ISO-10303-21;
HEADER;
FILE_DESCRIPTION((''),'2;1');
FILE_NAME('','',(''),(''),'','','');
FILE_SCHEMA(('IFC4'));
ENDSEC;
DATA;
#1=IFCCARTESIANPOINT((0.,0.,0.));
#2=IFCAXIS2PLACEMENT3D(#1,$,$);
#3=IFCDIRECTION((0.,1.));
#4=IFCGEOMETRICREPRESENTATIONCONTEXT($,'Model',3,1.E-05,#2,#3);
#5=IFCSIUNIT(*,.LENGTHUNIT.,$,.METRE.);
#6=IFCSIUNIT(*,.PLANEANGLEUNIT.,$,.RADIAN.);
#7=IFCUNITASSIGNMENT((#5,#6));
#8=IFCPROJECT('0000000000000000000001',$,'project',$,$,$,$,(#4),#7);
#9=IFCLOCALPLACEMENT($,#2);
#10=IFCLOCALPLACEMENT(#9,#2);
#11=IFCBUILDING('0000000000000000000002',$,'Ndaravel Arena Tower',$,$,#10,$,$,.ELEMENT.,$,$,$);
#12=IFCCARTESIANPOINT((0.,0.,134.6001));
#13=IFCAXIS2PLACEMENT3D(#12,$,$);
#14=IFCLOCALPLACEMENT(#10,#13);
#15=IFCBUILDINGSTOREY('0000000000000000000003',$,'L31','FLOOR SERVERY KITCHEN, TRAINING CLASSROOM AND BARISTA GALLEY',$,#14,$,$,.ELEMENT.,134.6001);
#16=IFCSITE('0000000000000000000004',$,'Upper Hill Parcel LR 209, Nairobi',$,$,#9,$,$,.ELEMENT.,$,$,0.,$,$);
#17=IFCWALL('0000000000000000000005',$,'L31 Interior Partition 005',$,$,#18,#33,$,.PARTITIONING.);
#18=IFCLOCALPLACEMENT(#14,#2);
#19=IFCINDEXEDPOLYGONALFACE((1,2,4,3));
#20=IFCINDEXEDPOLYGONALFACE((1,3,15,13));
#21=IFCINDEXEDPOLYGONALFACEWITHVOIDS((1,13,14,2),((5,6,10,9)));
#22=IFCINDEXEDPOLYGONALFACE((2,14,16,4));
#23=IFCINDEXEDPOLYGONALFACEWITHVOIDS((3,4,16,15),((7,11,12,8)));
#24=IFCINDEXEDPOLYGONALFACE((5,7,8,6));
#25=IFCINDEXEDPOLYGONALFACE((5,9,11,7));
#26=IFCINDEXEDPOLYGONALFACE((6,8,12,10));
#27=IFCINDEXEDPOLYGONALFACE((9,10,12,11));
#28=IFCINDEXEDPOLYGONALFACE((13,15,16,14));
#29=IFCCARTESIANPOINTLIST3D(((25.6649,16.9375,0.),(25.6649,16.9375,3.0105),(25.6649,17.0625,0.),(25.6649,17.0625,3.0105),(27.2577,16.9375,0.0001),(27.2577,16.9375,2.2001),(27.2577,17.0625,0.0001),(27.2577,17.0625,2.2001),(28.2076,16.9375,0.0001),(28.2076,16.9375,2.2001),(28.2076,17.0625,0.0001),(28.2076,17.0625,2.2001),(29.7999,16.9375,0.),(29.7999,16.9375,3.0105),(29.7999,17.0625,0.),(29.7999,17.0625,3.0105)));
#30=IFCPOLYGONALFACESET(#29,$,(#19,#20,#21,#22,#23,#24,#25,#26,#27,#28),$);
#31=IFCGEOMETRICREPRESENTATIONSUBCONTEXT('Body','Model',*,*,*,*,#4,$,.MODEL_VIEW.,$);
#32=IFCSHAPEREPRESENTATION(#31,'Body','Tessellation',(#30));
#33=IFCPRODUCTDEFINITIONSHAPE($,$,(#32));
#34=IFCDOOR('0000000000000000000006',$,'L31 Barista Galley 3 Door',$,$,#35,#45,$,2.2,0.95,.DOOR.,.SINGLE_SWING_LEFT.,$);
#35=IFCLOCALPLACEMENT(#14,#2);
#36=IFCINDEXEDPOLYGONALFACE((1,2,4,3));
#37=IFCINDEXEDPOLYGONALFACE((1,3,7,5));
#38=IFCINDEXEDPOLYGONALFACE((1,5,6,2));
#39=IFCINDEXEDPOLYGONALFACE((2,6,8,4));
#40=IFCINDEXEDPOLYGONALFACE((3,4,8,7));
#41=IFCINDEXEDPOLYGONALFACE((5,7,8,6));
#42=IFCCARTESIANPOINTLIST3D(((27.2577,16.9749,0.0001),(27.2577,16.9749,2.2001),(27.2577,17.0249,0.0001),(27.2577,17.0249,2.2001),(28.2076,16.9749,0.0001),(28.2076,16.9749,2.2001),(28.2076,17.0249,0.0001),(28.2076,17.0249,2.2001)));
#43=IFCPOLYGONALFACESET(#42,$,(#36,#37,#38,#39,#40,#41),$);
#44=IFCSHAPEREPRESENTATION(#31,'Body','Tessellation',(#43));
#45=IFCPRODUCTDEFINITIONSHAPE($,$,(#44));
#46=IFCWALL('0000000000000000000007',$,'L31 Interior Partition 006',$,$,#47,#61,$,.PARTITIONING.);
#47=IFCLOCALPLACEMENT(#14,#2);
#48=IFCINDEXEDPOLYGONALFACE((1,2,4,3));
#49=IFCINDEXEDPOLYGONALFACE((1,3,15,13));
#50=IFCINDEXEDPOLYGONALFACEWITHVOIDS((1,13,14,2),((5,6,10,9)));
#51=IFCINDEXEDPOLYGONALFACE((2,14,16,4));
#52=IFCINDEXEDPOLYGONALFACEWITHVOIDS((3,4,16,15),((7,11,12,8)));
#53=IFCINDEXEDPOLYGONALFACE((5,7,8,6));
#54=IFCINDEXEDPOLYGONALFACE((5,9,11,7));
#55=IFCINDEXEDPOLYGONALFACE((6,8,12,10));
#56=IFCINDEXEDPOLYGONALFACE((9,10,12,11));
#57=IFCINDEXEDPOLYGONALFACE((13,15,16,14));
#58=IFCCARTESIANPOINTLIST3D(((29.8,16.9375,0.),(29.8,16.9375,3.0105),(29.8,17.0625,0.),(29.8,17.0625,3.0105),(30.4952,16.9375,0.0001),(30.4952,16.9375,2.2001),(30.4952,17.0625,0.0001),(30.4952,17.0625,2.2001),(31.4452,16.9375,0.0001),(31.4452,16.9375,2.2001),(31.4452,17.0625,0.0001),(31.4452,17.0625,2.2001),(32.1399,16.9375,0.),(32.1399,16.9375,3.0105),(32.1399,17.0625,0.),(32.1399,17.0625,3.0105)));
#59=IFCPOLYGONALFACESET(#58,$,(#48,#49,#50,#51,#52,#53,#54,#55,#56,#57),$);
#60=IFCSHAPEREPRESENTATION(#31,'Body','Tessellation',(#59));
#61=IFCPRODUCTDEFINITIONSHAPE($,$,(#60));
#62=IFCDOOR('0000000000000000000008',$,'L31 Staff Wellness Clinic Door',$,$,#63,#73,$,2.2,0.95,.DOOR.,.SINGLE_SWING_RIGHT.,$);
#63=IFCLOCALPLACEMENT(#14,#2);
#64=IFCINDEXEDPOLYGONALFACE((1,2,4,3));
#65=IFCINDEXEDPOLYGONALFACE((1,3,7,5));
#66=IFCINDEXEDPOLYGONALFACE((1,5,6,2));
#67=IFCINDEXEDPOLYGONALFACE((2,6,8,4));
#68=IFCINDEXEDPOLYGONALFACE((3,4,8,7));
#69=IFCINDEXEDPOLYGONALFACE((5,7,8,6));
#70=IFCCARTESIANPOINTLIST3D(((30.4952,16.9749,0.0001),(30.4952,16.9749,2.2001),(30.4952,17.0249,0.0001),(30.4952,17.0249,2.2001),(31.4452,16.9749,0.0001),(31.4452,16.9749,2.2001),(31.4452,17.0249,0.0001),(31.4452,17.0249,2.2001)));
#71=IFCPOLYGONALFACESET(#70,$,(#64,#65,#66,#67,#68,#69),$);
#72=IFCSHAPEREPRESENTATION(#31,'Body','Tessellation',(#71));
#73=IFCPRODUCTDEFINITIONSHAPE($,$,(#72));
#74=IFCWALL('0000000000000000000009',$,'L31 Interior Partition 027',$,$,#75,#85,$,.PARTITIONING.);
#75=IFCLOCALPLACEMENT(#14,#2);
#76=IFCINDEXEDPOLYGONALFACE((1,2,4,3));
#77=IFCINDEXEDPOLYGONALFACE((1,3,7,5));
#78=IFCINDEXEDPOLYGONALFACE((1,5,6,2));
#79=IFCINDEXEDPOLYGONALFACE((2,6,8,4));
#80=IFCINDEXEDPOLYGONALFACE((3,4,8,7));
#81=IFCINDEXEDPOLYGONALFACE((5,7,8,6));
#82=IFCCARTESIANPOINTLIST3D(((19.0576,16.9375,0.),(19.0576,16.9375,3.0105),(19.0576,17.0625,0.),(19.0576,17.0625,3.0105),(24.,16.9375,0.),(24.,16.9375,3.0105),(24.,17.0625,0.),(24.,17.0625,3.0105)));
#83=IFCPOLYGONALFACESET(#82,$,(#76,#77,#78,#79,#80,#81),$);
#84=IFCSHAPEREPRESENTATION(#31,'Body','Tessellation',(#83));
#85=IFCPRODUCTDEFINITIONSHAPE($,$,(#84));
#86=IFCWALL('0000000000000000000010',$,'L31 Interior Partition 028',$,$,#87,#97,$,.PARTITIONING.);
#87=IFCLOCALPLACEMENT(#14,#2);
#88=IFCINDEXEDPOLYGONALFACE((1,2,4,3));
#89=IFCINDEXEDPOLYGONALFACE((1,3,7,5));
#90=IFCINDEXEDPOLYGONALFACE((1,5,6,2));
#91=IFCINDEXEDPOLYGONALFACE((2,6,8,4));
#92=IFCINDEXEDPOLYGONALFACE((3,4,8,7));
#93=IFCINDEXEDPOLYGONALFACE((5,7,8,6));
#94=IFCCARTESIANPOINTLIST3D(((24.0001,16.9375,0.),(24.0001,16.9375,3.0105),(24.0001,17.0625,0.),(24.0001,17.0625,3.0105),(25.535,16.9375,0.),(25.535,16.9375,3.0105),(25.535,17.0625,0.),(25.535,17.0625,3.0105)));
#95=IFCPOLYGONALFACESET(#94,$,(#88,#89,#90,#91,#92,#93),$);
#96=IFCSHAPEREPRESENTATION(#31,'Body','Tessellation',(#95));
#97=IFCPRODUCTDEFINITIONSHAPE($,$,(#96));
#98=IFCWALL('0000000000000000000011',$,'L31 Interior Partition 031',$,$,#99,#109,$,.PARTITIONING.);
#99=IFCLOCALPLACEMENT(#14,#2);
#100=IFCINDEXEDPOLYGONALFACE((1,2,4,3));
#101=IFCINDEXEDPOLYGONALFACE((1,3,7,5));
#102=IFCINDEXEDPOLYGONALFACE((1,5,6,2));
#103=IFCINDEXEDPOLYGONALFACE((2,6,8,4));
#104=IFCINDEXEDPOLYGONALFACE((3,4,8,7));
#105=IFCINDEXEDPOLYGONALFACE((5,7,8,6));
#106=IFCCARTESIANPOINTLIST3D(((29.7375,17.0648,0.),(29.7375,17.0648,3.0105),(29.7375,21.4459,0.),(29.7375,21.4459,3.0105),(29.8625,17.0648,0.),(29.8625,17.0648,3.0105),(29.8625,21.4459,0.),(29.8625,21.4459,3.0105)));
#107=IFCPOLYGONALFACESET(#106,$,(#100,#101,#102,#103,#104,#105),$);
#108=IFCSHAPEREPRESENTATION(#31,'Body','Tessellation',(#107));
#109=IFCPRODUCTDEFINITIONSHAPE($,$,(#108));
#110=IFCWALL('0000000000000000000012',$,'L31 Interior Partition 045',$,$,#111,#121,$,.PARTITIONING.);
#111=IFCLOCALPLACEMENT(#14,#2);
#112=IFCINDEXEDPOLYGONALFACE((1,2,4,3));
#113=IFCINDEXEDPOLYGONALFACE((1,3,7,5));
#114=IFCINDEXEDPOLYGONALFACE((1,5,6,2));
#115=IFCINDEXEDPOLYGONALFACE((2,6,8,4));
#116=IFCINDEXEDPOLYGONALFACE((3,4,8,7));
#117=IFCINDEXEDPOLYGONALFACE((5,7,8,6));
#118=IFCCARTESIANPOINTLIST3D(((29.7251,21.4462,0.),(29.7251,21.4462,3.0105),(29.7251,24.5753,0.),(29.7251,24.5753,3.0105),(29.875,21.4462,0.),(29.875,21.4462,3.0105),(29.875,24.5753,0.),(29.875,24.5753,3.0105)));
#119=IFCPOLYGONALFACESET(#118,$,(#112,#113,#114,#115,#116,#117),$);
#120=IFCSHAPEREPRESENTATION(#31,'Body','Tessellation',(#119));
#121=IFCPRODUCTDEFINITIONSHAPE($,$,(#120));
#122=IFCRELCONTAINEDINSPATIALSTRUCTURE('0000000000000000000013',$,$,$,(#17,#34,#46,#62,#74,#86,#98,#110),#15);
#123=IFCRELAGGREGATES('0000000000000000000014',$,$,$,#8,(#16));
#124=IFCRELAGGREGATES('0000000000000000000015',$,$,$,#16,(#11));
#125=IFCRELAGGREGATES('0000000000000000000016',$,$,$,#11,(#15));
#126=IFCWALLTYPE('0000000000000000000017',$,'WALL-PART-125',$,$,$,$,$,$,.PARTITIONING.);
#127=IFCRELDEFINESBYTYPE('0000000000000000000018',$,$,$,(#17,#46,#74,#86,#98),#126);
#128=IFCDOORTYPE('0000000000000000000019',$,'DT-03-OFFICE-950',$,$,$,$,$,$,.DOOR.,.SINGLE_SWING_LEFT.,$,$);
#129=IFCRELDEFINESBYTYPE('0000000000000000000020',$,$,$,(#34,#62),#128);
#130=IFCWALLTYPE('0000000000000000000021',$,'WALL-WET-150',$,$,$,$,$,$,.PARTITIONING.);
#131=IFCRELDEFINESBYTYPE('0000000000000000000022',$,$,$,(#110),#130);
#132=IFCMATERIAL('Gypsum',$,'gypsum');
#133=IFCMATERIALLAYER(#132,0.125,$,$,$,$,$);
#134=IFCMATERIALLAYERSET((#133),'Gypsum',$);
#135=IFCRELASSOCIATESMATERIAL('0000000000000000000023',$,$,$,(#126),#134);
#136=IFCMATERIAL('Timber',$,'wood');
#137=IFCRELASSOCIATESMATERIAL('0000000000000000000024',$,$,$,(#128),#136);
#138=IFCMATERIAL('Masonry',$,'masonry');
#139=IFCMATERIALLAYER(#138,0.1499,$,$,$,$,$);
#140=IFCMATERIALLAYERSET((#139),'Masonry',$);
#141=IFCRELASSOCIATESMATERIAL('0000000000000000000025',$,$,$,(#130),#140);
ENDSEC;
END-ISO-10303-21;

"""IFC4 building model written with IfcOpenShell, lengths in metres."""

from ifc_helpers import new_model, si_unit, direction, frame, frame_2d, origin, place, context, subcontext, project, spatial, rectangle, extrude, material, layer, layer_set, type_object, element, fill, save


model = new_model("IFC4")

# Units and contexts
model_context = context("Model", 3, precision=1e-05, world=origin(), true_north=direction((0.0, 1.0)))
body_context = subcontext(model_context, "Body", "Model", "MODEL_VIEW")
ifc_project = project(units=[si_unit("LENGTHUNIT", "METRE"), si_unit("PLANEANGLEUNIT", "RADIAN")], contexts=[model_context])

# Site, building, storey
site_placement = place(None, origin())
site = spatial("IfcSite", under=ifc_project, at=site_placement, Name="Upper Hill Parcel LR 209, Nairobi", CompositionType="ELEMENT", RefElevation=0.0)
building_placement = place(site_placement, origin())
building = spatial("IfcBuilding", under=site, at=building_placement, Name="Ndaravel Arena Tower", CompositionType="ELEMENT")
storey_placement = place(building_placement, frame((0.0, 0.0, 134.6001)))
storey = spatial("IfcBuildingStorey", under=building, at=storey_placement, Name="L31", Description="FLOOR SERVERY KITCHEN, TRAINING CLASSROOM AND BARISTA GALLEY", CompositionType="ELEMENT", Elevation=134.6001)

# Walls, openings, doors
ifc_material_1 = material(Name="Gypsum", Category="gypsum")
ifc_layer_1 = layer(ifc_material_1, 0.125)
ifc_layer_set_1 = layer_set([ifc_layer_1], Name="Gypsum")
wall_type_1 = type_object("IfcWallType", Name="WALL-PART-125", PredefinedType="PARTITIONING", material=ifc_layer_set_1)
ifc_material_2 = material(Name="Timber", Category="wood")
door_type = type_object("IfcDoorType", Name="DT-03-OFFICE-950", OperationType="SINGLE_SWING_LEFT", PredefinedType="DOOR", material=ifc_material_2)
wall_1_placement = place(storey_placement, frame((25.665, 17.0, 0.0), z_axis=(0.0, 0.0, 1.0), x_axis=(1.0, 0.0, 0.0)))
wall_1 = element("IfcWall", 1, at=wall_1_placement, inside=storey, type_object=wall_type_1, Name="L31 Interior Partition 005", PredefinedType="PARTITIONING", context=body_context, shape_type="SweptSolid", body=[
    extrude(rectangle(XDim=4.135, YDim=0.125, at=frame_2d((2.0674, 0.0))), origin(), (0.0, 0.0, 1.0), 3.0105),
])
opening_1_placement = place(wall_1_placement, frame((1.5925, 0.0, 0.0)))
opening_1 = element("IfcOpeningElement", 2, at=opening_1_placement, cuts=wall_1, PredefinedType="OPENING", context=body_context, shape_type="SweptSolid", body=[
    extrude(rectangle(XDim=0.95, YDim=2.2, at=frame_2d((0.4751, 1.1001))), frame((0.0, 0.0625, 0.0), z_axis=(0.0, -1.0, 0.0), x_axis=(1.0, 0.0, 0.0)), (0.0, 0.0, 1.0), 0.125),
])
door_1_placement = place(opening_1_placement, origin())
door_1 = element("IfcDoor", 3, at=door_1_placement, inside=storey, type_object=door_type, Name="L31 Barista Galley 3 Door", OperationType="SINGLE_SWING_LEFT", OverallHeight=2.2, OverallWidth=0.95, PredefinedType="DOOR", context=body_context, shape_type="SweptSolid", body=[
    extrude(rectangle(XDim=0.95, YDim=2.2, at=frame_2d((0.4751, 1.1001))), frame((0.0, 0.0249, 0.0), z_axis=(0.0, -1.0, 0.0), x_axis=(1.0, 0.0, 0.0)), (0.0, 0.0, 1.0), 0.05),
])
fill(opening_1, door_1)
wall_2_placement = place(storey_placement, frame((29.8, 17.0, 0.0), z_axis=(0.0, 0.0, 1.0), x_axis=(1.0, 0.0, 0.0)))
wall_2 = element("IfcWall", 4, at=wall_2_placement, inside=storey, type_object=wall_type_1, Name="L31 Interior Partition 006", PredefinedType="PARTITIONING", context=body_context, shape_type="SweptSolid", body=[
    extrude(rectangle(XDim=2.3398, YDim=0.125, at=frame_2d((1.1699, 0.0))), origin(), (0.0, 0.0, 1.0), 3.0105),
])
opening_2_placement = place(wall_2_placement, frame((0.6951, 0.0, 0.0)))
opening_2 = element("IfcOpeningElement", 5, at=opening_2_placement, cuts=wall_2, PredefinedType="OPENING", context=body_context, shape_type="SweptSolid", body=[
    extrude(rectangle(XDim=0.95, YDim=2.2, at=frame_2d((0.4751, 1.1001))), frame((0.0, 0.0625, 0.0), z_axis=(0.0, -1.0, 0.0), x_axis=(1.0, 0.0, 0.0)), (0.0, 0.0, 1.0), 0.125),
])
door_2_placement = place(opening_2_placement, origin())
door_2 = element("IfcDoor", 6, at=door_2_placement, inside=storey, type_object=door_type, Name="L31 Staff Wellness Clinic Door", OperationType="SINGLE_SWING_RIGHT", OverallHeight=2.2, OverallWidth=0.95, PredefinedType="DOOR", context=body_context, shape_type="SweptSolid", body=[
    extrude(rectangle(XDim=0.95, YDim=2.2, at=frame_2d((0.4751, 1.1001))), frame((0.0, 0.0249, 0.0), z_axis=(0.0, -1.0, 0.0), x_axis=(1.0, 0.0, 0.0)), (0.0, 0.0, 1.0), 0.05),
])
fill(opening_2, door_2)

# Walls
wall_3_placement = place(storey_placement, frame((19.0576, 17.0, 0.0), z_axis=(0.0, 0.0, 1.0), x_axis=(1.0, 0.0, 0.0)))
element("IfcWall", 7, at=wall_3_placement, inside=storey, type_object=wall_type_1, Name="L31 Interior Partition 027", PredefinedType="PARTITIONING", context=body_context, shape_type="SweptSolid", body=[
    extrude(rectangle(XDim=4.9424, YDim=0.125, at=frame_2d((2.4712, 0.0))), origin(), (0.0, 0.0, 1.0), 3.0105),
])
wall_4_placement = place(storey_placement, frame((24.0, 17.0, 0.0), z_axis=(0.0, 0.0, 1.0), x_axis=(1.0, 0.0, 0.0)))
element("IfcWall", 8, at=wall_4_placement, inside=storey, type_object=wall_type_1, Name="L31 Interior Partition 028", PredefinedType="PARTITIONING", context=body_context, shape_type="SweptSolid", body=[
    extrude(rectangle(XDim=1.5349, YDim=0.125, at=frame_2d((0.7676, 0.0))), origin(), (0.0, 0.0, 1.0), 3.0105),
])
wall_5_placement = place(storey_placement, frame((29.8, 17.0649, 0.0), z_axis=(0.0, 0.0, 1.0), x_axis=(0.0, 1.0, 0.0)))
element("IfcWall", 9, at=wall_5_placement, inside=storey, type_object=wall_type_1, Name="L31 Interior Partition 031", PredefinedType="PARTITIONING", context=body_context, shape_type="SweptSolid", body=[
    extrude(rectangle(XDim=4.3811, YDim=0.125, at=frame_2d((2.1904, 0.0))), origin(), (0.0, 0.0, 1.0), 3.0105),
])
ifc_material_3 = material(Name="Masonry", Category="masonry")
ifc_layer_2 = layer(ifc_material_3, 0.1499)
ifc_layer_set_2 = layer_set([ifc_layer_2], Name="Masonry")
wall_type_2 = type_object("IfcWallType", Name="WALL-WET-150", PredefinedType="PARTITIONING", material=ifc_layer_set_2)
wall_6_placement = place(storey_placement, frame((29.8, 24.5752, 0.0), z_axis=(0.0, 0.0, 1.0), x_axis=(0.0, -1.0, 0.0)))
element("IfcWall", 10, at=wall_6_placement, inside=storey, type_object=wall_type_2, Name="L31 Interior Partition 045", PredefinedType="PARTITIONING", context=body_context, shape_type="SweptSolid", body=[
    extrude(rectangle(XDim=3.1292, YDim=0.1499, at=frame_2d((1.5645, 0.0))), origin(), (0.0, 0.0, 1.0), 3.0105),
])

save(model, "model.ifc")
